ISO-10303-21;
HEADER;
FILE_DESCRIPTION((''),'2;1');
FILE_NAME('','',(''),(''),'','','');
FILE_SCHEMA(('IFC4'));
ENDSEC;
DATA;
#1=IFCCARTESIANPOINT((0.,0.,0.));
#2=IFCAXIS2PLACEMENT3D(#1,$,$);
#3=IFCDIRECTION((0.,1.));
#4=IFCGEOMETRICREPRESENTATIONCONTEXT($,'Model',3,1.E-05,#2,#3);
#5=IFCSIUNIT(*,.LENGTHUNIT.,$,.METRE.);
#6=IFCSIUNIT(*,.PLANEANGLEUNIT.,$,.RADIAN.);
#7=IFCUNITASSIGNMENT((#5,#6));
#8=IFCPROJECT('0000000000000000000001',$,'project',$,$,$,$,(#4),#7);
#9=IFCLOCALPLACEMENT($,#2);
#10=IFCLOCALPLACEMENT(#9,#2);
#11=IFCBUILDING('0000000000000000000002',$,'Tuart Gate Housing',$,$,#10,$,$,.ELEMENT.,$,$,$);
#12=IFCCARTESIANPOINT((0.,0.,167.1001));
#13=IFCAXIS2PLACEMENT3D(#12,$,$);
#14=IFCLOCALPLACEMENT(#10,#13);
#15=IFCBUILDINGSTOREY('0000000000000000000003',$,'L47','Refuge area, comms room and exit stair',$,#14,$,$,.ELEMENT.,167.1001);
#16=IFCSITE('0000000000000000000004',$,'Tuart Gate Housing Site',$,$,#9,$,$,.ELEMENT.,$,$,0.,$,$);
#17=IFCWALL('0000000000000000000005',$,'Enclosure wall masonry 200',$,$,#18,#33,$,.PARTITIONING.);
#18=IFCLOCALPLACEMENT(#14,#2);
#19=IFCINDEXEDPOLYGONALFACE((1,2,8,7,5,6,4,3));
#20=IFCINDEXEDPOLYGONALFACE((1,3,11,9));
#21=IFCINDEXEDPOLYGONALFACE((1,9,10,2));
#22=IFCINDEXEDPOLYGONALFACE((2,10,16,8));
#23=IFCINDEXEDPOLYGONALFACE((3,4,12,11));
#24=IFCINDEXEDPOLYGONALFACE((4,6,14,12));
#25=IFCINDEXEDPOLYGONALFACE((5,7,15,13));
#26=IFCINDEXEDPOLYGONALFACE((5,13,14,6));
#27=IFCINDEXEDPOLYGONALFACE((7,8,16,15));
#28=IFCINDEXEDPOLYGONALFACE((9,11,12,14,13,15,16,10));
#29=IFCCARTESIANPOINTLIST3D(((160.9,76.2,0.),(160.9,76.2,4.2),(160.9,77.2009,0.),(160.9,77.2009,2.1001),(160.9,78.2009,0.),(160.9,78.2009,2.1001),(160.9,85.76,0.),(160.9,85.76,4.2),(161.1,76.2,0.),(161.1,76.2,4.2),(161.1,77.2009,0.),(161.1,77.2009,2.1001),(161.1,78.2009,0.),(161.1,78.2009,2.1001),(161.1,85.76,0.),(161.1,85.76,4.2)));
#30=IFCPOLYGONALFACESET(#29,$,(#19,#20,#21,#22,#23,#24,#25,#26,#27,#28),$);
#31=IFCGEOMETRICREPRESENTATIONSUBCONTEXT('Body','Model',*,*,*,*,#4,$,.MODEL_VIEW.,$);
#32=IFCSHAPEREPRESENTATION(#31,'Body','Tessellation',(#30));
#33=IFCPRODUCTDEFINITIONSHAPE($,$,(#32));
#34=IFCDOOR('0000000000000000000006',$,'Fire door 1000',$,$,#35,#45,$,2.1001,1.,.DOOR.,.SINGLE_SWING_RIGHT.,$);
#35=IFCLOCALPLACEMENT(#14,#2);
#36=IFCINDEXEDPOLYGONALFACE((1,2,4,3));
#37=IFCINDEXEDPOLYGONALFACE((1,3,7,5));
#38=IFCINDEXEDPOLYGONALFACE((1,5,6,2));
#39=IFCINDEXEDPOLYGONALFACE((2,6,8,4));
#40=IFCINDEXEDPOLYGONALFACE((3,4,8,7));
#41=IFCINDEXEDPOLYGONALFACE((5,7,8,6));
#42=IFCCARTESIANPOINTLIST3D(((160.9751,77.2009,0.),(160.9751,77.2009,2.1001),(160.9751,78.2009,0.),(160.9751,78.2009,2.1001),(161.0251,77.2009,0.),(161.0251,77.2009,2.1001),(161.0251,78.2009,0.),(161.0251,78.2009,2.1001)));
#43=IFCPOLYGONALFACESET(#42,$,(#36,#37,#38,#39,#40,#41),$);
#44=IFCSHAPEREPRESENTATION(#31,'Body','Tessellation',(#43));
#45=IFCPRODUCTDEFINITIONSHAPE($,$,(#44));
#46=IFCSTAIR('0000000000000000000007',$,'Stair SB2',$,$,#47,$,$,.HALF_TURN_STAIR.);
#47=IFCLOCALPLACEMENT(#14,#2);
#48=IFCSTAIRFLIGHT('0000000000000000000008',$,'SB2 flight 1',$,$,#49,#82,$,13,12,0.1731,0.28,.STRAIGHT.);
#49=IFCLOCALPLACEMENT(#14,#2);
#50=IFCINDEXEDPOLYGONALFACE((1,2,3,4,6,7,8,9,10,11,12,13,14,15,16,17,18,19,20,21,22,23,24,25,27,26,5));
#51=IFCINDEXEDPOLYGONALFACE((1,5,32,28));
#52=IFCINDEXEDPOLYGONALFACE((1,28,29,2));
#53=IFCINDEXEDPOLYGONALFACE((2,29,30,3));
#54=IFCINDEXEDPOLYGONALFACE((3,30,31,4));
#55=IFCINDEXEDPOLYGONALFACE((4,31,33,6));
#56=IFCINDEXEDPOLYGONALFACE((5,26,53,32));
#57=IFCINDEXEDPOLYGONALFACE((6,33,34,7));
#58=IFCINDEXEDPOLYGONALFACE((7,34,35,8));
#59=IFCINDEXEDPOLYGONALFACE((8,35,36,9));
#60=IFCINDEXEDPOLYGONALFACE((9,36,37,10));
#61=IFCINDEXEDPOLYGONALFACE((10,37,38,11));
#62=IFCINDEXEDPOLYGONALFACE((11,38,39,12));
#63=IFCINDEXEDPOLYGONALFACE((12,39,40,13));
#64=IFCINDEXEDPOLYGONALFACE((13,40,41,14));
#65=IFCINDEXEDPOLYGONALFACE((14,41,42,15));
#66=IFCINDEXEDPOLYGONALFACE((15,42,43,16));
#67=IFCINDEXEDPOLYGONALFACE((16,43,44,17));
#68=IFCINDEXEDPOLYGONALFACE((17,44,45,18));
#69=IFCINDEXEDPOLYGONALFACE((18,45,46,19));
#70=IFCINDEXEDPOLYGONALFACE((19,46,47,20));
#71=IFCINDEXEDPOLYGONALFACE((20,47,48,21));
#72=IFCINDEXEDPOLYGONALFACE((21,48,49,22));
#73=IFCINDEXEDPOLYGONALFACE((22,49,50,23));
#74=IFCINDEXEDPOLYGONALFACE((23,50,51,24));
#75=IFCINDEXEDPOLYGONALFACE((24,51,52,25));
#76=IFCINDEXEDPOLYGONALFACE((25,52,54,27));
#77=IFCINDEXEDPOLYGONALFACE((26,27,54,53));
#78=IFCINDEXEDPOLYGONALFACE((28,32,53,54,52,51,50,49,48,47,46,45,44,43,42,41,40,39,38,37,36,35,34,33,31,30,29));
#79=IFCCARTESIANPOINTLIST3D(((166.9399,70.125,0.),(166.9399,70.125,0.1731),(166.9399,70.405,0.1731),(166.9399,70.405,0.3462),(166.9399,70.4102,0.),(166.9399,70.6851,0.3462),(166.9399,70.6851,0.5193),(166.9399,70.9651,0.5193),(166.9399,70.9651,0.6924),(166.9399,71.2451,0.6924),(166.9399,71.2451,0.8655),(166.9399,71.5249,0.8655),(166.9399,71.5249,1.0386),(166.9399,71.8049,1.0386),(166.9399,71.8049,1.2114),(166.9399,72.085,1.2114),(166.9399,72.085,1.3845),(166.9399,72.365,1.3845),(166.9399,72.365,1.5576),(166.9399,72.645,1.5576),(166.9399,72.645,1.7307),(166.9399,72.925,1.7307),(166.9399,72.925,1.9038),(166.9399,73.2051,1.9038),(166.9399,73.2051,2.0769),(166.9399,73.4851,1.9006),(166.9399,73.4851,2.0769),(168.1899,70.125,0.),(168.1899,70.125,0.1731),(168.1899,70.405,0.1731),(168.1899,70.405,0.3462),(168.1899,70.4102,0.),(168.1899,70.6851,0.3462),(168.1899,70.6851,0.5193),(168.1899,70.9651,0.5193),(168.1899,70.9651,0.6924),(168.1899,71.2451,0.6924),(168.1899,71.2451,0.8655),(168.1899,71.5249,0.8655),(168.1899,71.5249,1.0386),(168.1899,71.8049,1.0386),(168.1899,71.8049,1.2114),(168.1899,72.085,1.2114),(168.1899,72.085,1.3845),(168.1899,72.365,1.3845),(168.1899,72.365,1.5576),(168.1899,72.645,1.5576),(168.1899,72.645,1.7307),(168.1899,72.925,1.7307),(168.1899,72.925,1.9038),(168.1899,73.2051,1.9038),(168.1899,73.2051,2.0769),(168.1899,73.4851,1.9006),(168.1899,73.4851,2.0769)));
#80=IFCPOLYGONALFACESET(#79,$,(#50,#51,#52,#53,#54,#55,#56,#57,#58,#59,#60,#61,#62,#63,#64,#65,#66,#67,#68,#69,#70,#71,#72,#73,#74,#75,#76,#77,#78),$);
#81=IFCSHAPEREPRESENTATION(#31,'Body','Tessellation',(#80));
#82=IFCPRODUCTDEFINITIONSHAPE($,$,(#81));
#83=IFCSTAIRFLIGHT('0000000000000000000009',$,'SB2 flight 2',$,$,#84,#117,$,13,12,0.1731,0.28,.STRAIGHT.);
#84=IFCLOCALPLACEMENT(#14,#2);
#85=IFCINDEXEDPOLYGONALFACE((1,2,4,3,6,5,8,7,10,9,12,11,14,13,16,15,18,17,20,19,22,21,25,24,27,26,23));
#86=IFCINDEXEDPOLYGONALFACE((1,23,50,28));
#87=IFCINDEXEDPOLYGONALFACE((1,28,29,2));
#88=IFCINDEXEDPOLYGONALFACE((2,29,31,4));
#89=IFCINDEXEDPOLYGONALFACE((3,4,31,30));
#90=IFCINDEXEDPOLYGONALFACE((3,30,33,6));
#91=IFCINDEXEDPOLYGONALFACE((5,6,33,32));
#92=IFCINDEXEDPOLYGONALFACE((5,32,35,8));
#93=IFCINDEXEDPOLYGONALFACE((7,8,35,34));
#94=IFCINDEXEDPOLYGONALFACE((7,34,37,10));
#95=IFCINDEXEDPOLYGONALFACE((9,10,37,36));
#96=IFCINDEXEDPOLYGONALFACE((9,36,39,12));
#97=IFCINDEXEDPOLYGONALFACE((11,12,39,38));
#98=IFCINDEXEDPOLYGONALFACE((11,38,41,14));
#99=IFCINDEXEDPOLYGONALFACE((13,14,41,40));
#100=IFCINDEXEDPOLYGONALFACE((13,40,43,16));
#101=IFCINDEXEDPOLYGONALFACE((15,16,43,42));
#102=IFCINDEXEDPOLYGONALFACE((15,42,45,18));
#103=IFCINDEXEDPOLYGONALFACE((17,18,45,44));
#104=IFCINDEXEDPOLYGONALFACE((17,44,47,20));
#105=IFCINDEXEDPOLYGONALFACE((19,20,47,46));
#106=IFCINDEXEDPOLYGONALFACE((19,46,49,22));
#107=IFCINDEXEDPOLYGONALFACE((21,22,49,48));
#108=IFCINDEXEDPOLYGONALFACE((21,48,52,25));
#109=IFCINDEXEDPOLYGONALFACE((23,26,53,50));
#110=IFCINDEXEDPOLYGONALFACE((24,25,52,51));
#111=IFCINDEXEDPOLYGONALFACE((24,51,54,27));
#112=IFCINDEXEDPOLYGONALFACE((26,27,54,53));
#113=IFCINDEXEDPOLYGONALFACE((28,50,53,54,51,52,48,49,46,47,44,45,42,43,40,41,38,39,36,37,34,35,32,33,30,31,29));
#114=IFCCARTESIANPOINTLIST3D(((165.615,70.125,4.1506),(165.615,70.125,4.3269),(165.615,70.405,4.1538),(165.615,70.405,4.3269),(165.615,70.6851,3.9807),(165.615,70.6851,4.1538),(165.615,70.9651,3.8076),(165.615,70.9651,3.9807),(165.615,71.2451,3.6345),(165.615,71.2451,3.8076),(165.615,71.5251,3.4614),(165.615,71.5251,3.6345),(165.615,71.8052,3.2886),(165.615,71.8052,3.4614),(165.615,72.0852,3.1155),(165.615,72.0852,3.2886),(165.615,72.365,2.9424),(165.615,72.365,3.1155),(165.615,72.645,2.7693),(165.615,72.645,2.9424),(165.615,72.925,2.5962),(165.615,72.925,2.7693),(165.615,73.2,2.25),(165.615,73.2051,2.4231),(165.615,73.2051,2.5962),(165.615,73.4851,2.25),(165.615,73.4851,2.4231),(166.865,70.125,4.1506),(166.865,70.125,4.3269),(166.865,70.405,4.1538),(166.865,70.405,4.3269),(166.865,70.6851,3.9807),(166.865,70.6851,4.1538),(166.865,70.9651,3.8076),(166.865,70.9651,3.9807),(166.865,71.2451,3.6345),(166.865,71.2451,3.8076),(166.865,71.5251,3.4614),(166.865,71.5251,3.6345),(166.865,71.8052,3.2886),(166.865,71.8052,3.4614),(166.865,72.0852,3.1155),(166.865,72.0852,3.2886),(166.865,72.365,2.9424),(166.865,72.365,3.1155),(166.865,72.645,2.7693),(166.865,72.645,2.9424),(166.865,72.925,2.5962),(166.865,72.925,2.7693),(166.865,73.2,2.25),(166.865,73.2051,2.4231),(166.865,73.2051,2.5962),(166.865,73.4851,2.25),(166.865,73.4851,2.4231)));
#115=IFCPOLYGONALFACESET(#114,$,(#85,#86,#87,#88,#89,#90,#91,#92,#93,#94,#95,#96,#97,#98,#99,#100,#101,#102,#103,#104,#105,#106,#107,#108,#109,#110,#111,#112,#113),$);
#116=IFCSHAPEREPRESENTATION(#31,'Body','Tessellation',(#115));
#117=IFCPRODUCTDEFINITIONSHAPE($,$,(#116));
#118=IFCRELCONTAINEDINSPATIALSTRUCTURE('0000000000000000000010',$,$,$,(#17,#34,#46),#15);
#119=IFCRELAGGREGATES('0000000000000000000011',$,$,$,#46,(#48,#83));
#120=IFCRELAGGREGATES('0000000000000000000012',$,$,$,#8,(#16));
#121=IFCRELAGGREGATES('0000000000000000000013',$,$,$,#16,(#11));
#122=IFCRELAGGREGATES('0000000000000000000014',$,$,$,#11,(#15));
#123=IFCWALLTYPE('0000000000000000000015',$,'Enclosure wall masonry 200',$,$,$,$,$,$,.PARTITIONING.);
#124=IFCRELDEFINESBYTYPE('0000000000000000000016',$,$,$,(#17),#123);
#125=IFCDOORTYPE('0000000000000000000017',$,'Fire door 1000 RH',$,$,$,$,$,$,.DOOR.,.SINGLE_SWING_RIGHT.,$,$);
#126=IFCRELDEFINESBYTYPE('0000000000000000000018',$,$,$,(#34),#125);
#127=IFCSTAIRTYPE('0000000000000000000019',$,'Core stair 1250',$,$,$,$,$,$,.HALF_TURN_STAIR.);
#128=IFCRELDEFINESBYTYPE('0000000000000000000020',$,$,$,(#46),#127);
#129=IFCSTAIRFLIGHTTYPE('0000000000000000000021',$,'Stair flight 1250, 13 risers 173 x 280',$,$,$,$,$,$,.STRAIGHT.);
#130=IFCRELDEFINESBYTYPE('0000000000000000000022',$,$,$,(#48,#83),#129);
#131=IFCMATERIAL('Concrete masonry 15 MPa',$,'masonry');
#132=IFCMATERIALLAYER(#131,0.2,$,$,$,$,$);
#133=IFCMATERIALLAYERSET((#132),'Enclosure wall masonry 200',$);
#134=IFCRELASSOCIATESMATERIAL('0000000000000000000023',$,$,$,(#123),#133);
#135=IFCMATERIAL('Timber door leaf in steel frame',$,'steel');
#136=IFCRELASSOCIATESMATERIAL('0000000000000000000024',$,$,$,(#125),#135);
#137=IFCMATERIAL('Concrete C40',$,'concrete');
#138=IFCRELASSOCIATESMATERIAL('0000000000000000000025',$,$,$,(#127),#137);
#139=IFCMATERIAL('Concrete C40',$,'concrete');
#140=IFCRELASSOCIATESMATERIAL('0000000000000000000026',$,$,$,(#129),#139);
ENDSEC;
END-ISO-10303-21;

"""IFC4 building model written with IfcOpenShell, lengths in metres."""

from ifc_helpers import new_model, si_unit, direction, frame, frame_2d, origin, place, context, subcontext, project, spatial, polyline, rectangle, outline, extrude, material, layer, layer_set, type_object, element, fill, aggregate, save


model = new_model("IFC4")

# Units and contexts
model_context = context("Model", 3, precision=1e-05, world=origin(), true_north=direction((0.0, 1.0)))
body_context = subcontext(model_context, "Body", "Model", "MODEL_VIEW")
ifc_project = project(units=[si_unit("LENGTHUNIT", "METRE"), si_unit("PLANEANGLEUNIT", "RADIAN")], contexts=[model_context])

# Site, building, storey
site_placement = place(None, origin())
site = spatial("IfcSite", under=ifc_project, at=site_placement, Name="Tuart Gate Housing Site", CompositionType="ELEMENT", RefElevation=0.0)
building_placement = place(site_placement, origin())
building = spatial("IfcBuilding", under=site, at=building_placement, Name="Tuart Gate Housing", CompositionType="ELEMENT")
storey_placement = place(building_placement, frame((0.0, 0.0, 167.1001)))
storey = spatial("IfcBuildingStorey", under=building, at=storey_placement, Name="L47", Description="Refuge area, comms room and exit stair", CompositionType="ELEMENT", Elevation=167.1001)

# Wall, opening, door
ifc_material_1 = material(Name="Concrete masonry 15 MPa", Category="masonry")
ifc_layer_1 = layer(ifc_material_1, 0.2)
ifc_layer_set_1 = layer_set([ifc_layer_1], Name="Enclosure wall masonry 200")
wall_type_1 = type_object("IfcWallType", Name="Enclosure wall masonry 200", PredefinedType="PARTITIONING", material=ifc_layer_set_1)
wall_1_placement = place(storey_placement, frame((161.0, 76.2, 0.0), z_axis=(0.0, 0.0, 1.0), x_axis=(0.0, 1.0, 0.0)))
wall_1 = element("IfcWall", 1, at=wall_1_placement, inside=storey, type_object=wall_type_1, Name="Enclosure wall masonry 200", PredefinedType="PARTITIONING", context=body_context, shape_type="SweptSolid", body=[
    extrude(rectangle(XDim=9.5601, YDim=0.2, at=frame_2d((4.78, 0.0))), origin(), (0.0, 0.0, 1.0), 4.2),
])
opening_1_placement = place(wall_1_placement, frame((1.001, 0.0, 0.0)))
opening_1 = element("IfcOpeningElement", 2, at=opening_1_placement, cuts=wall_1, PredefinedType="OPENING", context=body_context, shape_type="SweptSolid", body=[
    extrude(rectangle(XDim=1.0, YDim=2.1001, at=frame_2d((0.5, 1.05))), frame((0.0, 0.1099, 0.0), z_axis=(0.0, -1.0, 0.0), x_axis=(1.0, 0.0, 0.0)), (0.0, 0.0, 1.0), 0.22),
])
ifc_material_2 = material(Name="Timber door leaf in steel frame", Category="steel")
door_type_1 = type_object("IfcDoorType", Name="Fire door 1000 RH", OperationType="SINGLE_SWING_RIGHT", PredefinedType="DOOR", material=ifc_material_2)
door_1_placement = place(opening_1_placement, frame((1.0, 0.0, 0.0), z_axis=(0.0, 0.0, 1.0), x_axis=(-1.0, 0.0, 0.0)))
door_1 = element("IfcDoor", 3, at=door_1_placement, inside=storey, type_object=door_type_1, Name="Fire door 1000", OperationType="SINGLE_SWING_RIGHT", OverallHeight=2.1001, OverallWidth=1.0, PredefinedType="DOOR", context=body_context, shape_type="SweptSolid", body=[
    extrude(rectangle(XDim=1.0, YDim=2.1001, at=frame_2d((0.5, 1.05))), frame((0.0, 0.0251, 0.0), z_axis=(0.0, -1.0, 0.0), x_axis=(1.0, 0.0, 0.0)), (0.0, 0.0, 1.0), 0.05),
])
fill(opening_1, door_1)

# Stair, stair flights
ifc_material_3 = material(Name="Concrete C40", Category="concrete")
stair_type = type_object("IfcStairType", Name="Core stair 1250", PredefinedType="HALF_TURN_STAIR", material=ifc_material_3)
stair_placement = place(storey_placement, origin())
stair = element("IfcStair", 4, at=stair_placement, inside=storey, type_object=stair_type, Name="Stair SB2", PredefinedType="HALF_TURN_STAIR")
ifc_material_4 = material(Name="Concrete C40", Category="concrete")
stair_flight_type = type_object("IfcStairFlightType", Name="Stair flight 1250, 13 risers 173 x 280", PredefinedType="STRAIGHT", material=ifc_material_4)
stair_flight_1_placement = place(storey_placement, frame((167.5649, 70.125, 0.0), z_axis=(0.0, 0.0, 1.0), x_axis=(0.0, 1.0, 0.0)))
stair_flight_1 = element("IfcStairFlight", 5, at=stair_flight_1_placement, type_object=stair_flight_type, Name="SB2 flight 1", NumberOfRisers=13, NumberOfTreads=12, PredefinedType="STRAIGHT", RiserHeight=0.1731, TreadLength=0.28, context=body_context, shape_type="SweptSolid", body=[
    extrude(outline(polyline([(0.0, 0.0), (0.0, 0.1731), (0.28, 0.1731), (0.28, 0.3462), (0.5601, 0.3462), (0.5601, 0.5193), (0.8401, 0.5193), (0.8401, 0.6924), (1.1201, 0.6924), (1.1201, 0.8655), (1.3999, 0.8655), (1.3999, 1.0386), (1.6799, 1.0386), (1.6799, 1.2114), (1.96, 1.2114), (1.96, 1.3845), (2.24, 1.3845), (2.24, 1.5576), (2.52, 1.5576), (2.52, 1.7307), (2.8, 1.7307), (2.8, 1.9038), (3.0801, 1.9038), (3.0801, 2.0769), (3.3601, 2.0769), (3.3601, 2.25), (3.3601, 1.9006), (0.2852, 0.0), (0.0, 0.0)])), frame((0.0, 0.625, 0.0), z_axis=(0.0, -1.0, 0.0), x_axis=(1.0, 0.0, 0.0)), (0.0, 0.0, 1.0), 1.25),
])
stair_flight_2_placement = place(storey_placement, frame((166.24, 73.4851, 2.25), z_axis=(0.0, 0.0, 1.0), x_axis=(0.0, -1.0, 0.0)))
stair_flight_2 = element("IfcStairFlight", 6, at=stair_flight_2_placement, type_object=stair_flight_type, Name="SB2 flight 2", NumberOfRisers=13, NumberOfTreads=12, PredefinedType="STRAIGHT", RiserHeight=0.1731, TreadLength=0.28, context=body_context, shape_type="SweptSolid", body=[
    extrude(outline(polyline([(0.0, 0.0), (0.0, 0.1731), (0.28, 0.1731), (0.28, 0.3462), (0.5601, 0.3462), (0.5601, 0.5193), (0.8401, 0.5193), (0.8401, 0.6924), (1.1201, 0.6924), (1.1201, 0.8655), (1.3999, 0.8655), (1.3999, 1.0386), (1.6799, 1.0386), (1.6799, 1.2114), (1.96, 1.2114), (1.96, 1.3845), (2.24, 1.3845), (2.24, 1.5576), (2.52, 1.5576), (2.52, 1.7307), (2.8, 1.7307), (2.8, 1.9038), (3.0801, 1.9038), (3.0801, 2.0769), (3.3601, 2.0769), (3.3601, 2.25), (3.3601, 1.9006), (0.2852, 0.0), (0.0, 0.0)])), frame((0.0, 0.625, 0.0), z_axis=(0.0, -1.0, 0.0), x_axis=(1.0, 0.0, 0.0)), (0.0, 0.0, 1.0), 1.25),
])
aggregate(stair, [stair_flight_1, stair_flight_2])

save(model, "model.ifc")
